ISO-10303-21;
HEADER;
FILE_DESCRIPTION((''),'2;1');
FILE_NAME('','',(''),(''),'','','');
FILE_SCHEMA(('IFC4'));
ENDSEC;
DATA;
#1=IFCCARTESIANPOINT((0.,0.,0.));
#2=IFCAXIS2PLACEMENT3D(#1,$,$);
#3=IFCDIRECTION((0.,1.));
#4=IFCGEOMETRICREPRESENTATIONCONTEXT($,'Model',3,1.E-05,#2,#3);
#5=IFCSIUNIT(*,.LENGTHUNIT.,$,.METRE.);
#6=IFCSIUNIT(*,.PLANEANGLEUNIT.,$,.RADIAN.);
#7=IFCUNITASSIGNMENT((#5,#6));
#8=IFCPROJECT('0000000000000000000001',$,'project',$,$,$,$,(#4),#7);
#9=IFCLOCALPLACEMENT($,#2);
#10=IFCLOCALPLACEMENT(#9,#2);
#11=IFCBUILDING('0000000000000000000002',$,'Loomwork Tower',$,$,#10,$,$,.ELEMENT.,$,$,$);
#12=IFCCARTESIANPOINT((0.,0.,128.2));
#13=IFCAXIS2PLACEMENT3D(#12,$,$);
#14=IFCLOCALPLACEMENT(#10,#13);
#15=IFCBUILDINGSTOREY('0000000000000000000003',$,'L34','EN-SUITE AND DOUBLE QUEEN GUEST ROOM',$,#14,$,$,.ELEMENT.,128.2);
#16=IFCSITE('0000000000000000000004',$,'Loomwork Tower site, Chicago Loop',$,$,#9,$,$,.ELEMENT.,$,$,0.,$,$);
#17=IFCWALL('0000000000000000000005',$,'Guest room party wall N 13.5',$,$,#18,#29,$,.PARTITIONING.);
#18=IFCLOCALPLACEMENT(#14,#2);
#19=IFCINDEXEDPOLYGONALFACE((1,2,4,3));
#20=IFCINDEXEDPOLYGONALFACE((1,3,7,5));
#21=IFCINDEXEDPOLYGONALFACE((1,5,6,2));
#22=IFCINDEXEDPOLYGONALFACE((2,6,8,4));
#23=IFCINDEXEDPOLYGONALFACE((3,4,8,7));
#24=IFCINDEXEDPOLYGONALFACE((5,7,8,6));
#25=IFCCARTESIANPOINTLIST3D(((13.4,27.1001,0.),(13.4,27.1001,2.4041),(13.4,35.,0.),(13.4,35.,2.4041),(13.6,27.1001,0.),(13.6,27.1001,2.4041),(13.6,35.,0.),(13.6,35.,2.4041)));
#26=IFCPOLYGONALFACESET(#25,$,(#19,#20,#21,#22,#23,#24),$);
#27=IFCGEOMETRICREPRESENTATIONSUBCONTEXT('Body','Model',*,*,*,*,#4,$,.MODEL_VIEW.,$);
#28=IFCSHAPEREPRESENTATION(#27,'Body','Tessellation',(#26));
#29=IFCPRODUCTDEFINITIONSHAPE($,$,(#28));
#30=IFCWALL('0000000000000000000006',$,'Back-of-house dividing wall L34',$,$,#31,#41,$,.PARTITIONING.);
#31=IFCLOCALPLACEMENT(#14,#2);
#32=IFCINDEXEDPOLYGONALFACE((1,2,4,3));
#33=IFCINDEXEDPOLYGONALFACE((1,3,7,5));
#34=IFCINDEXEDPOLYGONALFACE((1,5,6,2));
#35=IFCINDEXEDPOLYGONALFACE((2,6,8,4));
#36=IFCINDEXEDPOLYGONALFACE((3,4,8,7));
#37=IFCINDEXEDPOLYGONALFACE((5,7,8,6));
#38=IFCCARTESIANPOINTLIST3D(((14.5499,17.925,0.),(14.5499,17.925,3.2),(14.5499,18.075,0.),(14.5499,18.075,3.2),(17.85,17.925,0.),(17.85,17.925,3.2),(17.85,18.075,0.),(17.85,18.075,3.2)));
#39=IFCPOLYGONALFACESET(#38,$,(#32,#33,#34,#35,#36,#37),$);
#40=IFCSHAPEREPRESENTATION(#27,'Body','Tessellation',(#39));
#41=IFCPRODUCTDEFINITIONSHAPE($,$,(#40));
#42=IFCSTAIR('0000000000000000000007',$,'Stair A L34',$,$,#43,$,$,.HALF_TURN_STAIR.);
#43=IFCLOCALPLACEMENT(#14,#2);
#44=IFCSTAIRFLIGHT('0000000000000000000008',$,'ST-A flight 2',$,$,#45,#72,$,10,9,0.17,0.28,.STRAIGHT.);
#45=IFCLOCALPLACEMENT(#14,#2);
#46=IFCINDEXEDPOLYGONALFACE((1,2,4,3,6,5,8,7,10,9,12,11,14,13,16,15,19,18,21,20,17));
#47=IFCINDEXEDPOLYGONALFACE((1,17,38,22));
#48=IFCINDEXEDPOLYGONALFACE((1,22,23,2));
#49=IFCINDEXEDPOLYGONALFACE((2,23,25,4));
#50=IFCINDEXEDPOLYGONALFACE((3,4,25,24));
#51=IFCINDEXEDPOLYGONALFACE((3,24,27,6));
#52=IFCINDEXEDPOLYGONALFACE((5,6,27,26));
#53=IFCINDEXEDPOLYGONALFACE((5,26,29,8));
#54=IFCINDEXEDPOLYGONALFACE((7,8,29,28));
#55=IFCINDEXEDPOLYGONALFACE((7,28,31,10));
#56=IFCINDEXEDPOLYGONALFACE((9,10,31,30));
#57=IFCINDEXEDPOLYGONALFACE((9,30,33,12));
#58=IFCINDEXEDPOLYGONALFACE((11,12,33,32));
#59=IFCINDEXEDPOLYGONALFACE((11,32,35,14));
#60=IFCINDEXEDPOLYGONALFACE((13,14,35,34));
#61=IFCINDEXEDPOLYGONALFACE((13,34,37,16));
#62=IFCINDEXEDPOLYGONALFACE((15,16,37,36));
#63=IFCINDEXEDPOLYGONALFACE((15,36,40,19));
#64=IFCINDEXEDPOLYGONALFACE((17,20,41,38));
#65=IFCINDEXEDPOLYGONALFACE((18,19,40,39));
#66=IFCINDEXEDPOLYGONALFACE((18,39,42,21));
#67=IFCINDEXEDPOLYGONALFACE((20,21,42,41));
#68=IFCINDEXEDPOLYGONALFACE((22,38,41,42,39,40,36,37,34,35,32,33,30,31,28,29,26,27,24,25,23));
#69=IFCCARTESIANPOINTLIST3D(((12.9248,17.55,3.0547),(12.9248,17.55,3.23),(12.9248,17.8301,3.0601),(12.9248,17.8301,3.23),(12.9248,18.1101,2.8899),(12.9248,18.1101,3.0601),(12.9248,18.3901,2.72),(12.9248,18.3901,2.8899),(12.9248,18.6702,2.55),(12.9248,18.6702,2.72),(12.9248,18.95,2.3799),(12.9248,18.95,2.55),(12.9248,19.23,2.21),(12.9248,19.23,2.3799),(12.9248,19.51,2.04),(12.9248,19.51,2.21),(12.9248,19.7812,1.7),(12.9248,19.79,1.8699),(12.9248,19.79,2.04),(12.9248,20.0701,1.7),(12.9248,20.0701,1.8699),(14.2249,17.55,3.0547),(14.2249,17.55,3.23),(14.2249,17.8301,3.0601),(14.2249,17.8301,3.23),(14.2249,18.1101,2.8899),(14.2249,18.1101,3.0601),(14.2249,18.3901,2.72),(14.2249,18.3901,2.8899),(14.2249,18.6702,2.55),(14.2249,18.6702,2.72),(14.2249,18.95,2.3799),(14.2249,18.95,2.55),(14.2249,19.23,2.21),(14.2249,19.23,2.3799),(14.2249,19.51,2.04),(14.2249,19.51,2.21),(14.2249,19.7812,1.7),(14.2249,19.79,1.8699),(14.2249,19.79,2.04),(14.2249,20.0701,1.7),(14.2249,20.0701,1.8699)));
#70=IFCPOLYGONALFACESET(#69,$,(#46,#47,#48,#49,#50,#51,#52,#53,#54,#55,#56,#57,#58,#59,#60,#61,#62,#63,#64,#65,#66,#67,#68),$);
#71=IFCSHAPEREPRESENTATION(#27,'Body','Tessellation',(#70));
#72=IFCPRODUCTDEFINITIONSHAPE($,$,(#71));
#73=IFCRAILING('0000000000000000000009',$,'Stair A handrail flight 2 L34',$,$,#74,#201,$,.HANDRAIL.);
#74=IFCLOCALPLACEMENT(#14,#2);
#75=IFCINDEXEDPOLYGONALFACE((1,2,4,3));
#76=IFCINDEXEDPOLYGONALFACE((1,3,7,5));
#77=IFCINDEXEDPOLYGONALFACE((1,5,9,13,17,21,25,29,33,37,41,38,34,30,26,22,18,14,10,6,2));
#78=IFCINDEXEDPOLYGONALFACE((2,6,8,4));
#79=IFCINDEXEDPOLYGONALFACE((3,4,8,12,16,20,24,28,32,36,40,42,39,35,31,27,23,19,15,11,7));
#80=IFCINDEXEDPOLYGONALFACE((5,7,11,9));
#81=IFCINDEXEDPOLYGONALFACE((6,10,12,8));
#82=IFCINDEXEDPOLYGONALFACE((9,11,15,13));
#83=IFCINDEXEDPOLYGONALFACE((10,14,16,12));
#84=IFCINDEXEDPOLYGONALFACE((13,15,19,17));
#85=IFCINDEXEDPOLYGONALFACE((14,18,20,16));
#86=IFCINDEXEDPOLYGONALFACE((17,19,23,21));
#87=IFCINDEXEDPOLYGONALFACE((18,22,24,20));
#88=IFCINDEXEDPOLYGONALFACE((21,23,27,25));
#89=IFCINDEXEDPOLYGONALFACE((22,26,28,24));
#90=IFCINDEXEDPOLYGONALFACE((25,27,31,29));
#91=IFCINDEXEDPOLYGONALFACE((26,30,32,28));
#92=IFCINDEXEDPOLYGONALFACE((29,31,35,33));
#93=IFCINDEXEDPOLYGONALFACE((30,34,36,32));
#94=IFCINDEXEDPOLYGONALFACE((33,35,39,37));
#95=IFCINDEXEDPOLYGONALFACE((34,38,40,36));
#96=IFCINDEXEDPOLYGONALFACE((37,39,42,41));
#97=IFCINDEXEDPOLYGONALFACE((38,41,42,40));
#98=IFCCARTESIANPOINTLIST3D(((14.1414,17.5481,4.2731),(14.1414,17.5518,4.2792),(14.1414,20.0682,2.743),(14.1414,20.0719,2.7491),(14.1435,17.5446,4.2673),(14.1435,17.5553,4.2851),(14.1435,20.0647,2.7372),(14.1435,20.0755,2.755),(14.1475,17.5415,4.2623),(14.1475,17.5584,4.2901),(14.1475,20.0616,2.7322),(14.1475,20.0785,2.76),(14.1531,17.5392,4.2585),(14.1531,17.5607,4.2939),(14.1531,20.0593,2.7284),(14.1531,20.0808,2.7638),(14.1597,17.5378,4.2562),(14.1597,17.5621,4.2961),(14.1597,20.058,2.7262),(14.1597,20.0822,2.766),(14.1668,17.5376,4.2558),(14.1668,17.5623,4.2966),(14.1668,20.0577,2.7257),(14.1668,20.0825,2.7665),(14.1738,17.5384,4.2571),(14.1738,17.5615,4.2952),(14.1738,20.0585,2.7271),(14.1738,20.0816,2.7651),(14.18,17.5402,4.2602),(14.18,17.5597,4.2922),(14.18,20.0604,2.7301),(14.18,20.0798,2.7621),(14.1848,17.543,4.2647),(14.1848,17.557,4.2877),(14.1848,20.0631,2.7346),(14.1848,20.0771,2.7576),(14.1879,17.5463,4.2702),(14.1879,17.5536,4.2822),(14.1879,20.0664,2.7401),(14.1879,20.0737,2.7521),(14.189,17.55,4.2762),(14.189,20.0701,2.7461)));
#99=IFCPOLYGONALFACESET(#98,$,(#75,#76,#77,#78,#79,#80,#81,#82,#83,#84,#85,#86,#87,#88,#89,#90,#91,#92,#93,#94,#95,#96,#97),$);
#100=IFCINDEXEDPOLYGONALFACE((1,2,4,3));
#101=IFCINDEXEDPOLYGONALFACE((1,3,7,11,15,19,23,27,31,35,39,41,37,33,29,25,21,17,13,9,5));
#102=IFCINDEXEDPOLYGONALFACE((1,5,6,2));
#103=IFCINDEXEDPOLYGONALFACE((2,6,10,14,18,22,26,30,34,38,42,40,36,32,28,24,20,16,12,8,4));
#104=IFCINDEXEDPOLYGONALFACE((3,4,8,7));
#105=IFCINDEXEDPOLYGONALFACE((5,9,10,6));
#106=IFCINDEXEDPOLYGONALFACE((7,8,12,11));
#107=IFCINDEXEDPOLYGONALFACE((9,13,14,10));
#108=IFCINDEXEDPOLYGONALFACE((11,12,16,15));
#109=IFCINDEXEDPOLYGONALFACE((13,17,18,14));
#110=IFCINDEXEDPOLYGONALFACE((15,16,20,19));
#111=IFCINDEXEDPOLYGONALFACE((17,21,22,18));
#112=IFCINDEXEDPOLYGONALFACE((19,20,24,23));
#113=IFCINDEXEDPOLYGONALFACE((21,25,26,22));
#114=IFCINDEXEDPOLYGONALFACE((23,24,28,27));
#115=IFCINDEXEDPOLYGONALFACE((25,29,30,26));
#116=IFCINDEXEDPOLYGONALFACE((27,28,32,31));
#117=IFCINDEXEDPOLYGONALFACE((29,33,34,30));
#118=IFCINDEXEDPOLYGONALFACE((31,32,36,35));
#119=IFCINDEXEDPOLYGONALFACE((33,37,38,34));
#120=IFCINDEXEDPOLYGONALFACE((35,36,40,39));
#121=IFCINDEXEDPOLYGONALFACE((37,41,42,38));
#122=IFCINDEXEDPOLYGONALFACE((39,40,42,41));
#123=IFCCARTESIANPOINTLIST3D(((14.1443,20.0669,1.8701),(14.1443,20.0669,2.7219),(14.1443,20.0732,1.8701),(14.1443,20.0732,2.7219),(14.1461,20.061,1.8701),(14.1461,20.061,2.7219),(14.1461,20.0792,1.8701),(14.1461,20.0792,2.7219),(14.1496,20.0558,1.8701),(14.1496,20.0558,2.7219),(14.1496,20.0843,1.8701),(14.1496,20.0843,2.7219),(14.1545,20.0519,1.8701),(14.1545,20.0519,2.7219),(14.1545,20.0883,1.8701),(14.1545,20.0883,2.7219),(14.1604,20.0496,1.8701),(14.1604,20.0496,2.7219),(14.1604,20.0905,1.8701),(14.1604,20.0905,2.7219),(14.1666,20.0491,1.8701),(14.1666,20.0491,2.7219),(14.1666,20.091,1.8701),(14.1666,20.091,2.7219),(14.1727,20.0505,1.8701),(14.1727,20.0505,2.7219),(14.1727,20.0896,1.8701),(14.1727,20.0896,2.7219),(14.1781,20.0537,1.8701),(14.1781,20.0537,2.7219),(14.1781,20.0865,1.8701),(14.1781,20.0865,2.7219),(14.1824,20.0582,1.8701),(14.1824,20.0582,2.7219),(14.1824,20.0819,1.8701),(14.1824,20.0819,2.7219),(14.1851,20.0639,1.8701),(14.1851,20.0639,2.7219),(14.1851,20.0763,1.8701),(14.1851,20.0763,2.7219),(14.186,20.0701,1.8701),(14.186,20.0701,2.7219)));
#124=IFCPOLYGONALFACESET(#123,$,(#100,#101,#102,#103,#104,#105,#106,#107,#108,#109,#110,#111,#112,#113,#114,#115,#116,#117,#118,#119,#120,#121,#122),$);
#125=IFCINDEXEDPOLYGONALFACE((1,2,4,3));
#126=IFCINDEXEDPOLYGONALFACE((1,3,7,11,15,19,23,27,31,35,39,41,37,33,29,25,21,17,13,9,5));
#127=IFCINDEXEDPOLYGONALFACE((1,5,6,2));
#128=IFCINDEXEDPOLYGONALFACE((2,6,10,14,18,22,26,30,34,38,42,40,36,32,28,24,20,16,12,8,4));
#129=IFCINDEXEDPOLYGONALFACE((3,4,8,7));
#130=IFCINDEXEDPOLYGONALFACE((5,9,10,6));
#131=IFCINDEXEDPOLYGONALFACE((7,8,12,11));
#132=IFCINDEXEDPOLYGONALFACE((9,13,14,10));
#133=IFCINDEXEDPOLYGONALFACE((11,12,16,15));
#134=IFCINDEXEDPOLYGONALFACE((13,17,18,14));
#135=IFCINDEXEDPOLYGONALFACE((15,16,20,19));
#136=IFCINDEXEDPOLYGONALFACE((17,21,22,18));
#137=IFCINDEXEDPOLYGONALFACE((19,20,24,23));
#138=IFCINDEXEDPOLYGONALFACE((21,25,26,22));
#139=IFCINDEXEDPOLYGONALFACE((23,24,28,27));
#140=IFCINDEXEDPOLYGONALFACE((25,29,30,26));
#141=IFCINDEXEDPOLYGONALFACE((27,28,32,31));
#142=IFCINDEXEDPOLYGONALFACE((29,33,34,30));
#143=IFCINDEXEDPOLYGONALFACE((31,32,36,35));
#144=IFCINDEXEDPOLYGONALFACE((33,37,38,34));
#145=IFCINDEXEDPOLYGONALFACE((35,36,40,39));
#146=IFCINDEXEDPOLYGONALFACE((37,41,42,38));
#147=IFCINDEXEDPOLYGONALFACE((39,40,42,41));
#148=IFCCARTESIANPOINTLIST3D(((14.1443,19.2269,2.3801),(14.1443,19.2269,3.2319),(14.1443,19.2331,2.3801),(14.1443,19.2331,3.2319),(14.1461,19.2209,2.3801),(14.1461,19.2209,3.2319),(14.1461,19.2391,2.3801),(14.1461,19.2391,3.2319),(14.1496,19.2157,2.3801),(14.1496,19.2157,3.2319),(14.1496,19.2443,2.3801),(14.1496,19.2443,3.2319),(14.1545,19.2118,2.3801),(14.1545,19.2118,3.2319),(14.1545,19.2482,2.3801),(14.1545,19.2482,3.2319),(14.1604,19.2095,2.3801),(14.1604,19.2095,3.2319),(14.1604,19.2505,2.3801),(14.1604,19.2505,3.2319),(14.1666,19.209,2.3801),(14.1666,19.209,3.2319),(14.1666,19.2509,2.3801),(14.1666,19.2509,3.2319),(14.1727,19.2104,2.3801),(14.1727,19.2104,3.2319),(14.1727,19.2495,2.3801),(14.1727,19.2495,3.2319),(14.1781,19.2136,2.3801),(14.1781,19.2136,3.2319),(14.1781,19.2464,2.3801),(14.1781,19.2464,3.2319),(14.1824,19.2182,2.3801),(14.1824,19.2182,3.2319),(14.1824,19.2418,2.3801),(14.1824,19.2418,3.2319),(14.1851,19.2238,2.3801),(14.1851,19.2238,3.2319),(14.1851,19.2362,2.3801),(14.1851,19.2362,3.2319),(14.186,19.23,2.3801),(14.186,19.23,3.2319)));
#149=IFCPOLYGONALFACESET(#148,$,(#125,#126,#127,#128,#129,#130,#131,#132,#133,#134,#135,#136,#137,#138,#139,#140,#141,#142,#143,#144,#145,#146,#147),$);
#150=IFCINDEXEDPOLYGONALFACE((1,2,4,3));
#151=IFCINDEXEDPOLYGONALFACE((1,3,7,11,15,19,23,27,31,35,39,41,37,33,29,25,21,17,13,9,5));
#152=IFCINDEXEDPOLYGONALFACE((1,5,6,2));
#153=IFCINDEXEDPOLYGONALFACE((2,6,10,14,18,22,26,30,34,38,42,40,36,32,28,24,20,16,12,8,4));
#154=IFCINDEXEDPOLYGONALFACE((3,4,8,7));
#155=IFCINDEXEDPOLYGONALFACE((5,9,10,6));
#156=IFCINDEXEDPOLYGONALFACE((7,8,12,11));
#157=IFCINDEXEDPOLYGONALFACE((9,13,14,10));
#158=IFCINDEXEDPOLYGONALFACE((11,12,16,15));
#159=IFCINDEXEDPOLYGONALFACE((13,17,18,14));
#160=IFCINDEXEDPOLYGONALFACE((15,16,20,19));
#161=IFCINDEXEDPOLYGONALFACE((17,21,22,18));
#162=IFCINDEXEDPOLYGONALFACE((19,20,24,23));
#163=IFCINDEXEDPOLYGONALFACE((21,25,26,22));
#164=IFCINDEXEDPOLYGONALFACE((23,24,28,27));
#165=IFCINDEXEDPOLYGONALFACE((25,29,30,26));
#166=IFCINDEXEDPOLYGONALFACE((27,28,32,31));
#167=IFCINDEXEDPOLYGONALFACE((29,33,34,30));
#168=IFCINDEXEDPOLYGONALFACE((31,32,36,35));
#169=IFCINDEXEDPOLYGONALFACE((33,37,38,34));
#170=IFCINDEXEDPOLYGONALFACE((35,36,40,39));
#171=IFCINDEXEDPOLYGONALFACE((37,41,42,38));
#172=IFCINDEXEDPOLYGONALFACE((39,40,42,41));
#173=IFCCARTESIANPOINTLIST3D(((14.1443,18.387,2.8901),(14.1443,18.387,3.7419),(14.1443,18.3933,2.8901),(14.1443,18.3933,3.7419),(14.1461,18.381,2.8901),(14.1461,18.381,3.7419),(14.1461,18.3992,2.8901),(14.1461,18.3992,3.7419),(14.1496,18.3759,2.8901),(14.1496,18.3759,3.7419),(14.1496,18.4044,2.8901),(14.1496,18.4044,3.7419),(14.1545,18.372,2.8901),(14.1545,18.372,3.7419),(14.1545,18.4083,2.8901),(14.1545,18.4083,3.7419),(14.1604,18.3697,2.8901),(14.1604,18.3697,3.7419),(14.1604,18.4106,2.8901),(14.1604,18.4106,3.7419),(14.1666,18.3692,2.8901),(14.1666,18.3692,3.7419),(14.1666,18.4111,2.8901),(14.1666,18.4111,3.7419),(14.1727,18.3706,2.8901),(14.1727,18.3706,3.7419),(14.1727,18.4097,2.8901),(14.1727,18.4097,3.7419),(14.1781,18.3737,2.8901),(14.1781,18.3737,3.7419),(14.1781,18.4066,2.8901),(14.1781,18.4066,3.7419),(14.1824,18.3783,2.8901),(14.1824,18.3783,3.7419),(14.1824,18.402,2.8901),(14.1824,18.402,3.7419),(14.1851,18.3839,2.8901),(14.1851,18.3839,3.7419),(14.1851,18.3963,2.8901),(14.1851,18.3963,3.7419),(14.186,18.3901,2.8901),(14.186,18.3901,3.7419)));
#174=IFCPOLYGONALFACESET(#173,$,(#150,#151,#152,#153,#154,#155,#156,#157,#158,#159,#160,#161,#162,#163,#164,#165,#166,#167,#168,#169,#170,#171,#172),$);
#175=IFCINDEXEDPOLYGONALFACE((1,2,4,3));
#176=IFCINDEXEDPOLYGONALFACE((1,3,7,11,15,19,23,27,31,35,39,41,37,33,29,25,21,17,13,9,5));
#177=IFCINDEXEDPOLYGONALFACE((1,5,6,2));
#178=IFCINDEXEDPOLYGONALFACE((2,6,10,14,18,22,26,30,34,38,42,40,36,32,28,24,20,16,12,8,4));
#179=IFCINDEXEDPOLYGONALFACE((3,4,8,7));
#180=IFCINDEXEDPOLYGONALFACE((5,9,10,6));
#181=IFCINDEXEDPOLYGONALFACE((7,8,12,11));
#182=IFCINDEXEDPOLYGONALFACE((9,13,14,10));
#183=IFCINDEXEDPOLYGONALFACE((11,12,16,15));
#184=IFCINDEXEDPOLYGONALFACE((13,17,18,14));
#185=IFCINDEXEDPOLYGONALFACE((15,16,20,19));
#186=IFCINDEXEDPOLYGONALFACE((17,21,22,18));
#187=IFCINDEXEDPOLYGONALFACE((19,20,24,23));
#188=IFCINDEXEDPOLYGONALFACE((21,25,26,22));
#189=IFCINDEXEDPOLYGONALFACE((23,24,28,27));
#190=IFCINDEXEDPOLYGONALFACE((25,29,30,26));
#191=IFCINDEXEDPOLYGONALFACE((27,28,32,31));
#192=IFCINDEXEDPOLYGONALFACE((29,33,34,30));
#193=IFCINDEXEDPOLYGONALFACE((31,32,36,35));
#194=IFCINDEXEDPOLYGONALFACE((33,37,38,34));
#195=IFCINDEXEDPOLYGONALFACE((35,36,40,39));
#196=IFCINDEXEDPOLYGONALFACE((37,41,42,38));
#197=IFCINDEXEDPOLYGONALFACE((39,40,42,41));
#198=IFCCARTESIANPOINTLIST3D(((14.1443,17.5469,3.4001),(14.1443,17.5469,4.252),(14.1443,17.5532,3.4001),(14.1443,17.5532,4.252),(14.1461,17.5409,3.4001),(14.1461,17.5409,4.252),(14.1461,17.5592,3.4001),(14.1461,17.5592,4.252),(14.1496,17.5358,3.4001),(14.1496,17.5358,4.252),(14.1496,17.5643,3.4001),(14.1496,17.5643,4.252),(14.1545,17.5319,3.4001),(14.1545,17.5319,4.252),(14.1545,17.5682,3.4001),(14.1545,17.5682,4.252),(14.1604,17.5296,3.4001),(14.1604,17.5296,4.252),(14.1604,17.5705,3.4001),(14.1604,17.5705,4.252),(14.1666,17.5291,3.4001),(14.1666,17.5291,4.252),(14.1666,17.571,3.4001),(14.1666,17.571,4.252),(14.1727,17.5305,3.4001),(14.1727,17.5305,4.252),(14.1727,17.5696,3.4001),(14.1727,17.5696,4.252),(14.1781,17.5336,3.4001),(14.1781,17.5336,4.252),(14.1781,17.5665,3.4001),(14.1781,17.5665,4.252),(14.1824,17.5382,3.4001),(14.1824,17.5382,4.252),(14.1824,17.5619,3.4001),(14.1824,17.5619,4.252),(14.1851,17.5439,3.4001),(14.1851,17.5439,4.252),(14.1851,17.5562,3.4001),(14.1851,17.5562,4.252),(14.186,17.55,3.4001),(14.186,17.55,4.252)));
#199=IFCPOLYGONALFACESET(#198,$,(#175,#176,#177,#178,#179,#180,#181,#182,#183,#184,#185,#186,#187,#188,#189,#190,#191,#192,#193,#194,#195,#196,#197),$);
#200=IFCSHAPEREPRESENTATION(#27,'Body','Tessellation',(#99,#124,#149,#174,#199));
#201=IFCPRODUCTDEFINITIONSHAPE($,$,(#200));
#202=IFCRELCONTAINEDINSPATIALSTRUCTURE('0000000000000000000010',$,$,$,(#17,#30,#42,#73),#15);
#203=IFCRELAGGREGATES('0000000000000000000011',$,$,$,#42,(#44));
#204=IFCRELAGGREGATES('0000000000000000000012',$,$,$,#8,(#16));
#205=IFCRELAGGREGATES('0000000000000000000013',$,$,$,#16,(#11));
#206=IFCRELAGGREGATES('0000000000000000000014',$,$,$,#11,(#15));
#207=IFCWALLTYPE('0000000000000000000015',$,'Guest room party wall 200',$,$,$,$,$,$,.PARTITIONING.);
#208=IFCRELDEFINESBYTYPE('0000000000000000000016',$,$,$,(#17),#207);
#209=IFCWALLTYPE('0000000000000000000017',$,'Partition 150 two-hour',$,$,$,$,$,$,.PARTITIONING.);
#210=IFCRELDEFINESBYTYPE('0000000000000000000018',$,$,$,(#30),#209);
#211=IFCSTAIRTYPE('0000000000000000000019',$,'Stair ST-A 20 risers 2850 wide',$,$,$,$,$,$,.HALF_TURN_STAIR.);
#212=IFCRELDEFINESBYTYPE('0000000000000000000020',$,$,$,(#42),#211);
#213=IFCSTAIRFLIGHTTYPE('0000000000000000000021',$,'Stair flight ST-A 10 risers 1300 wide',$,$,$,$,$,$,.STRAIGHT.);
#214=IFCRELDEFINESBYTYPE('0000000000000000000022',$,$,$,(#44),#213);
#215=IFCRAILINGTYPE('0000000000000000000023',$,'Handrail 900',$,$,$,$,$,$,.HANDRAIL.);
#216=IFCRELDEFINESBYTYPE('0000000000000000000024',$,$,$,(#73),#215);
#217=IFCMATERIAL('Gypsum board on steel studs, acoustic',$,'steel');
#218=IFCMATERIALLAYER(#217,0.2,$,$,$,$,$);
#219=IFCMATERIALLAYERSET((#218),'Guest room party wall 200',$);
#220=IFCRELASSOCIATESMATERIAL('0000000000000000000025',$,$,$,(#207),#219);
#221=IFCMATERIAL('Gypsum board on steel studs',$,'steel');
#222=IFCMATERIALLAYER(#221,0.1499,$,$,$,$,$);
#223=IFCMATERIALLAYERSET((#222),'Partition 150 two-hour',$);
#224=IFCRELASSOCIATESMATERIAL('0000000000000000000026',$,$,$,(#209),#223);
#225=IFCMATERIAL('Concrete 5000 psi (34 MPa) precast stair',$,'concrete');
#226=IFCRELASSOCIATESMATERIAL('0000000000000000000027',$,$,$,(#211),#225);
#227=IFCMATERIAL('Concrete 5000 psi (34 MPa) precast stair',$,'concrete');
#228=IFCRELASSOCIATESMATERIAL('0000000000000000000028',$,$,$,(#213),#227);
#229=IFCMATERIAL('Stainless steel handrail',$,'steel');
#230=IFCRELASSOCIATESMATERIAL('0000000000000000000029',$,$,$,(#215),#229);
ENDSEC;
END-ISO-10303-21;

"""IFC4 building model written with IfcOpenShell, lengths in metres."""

from ifc_helpers import new_model, si_unit, direction, frame, frame_2d, origin, origin_2d, place, context, subcontext, project, spatial, polyline, rectangle, circle, outline, extrude, material, layer, layer_set, type_object, element, aggregate, save


model = new_model("IFC4")

# Units and contexts
model_context = context("Model", 3, precision=1e-05, world=origin(), true_north=direction((0.0, 1.0)))
body_context = subcontext(model_context, "Body", "Model", "MODEL_VIEW")
ifc_project = project(units=[si_unit("LENGTHUNIT", "METRE"), si_unit("PLANEANGLEUNIT", "RADIAN")], contexts=[model_context])

# Site, building, storey
site_placement = place(None, origin())
site = spatial("IfcSite", under=ifc_project, at=site_placement, Name="Loomwork Tower site, Chicago Loop", CompositionType="ELEMENT", RefElevation=0.0)
building_placement = place(site_placement, origin())
building = spatial("IfcBuilding", under=site, at=building_placement, Name="Loomwork Tower", CompositionType="ELEMENT")
storey_placement = place(building_placement, frame((0.0, 0.0, 128.2)))
storey = spatial("IfcBuildingStorey", under=building, at=storey_placement, Name="L34", Description="EN-SUITE AND DOUBLE QUEEN GUEST ROOM", CompositionType="ELEMENT", Elevation=128.2)

# Walls
ifc_material_1 = material(Name="Gypsum board on steel studs, acoustic", Category="steel")
ifc_layer_1 = layer(ifc_material_1, 0.2)
ifc_layer_set_1 = layer_set([ifc_layer_1], Name="Guest room party wall 200")
wall_type_1 = type_object("IfcWallType", Name="Guest room party wall 200", PredefinedType="PARTITIONING", material=ifc_layer_set_1)
wall_1_placement = place(storey_placement, frame((13.5, 27.1001, 0.0), z_axis=(0.0, 0.0, 1.0), x_axis=(0.0, 1.0, 0.0)))
element("IfcWall", 1, at=wall_1_placement, inside=storey, type_object=wall_type_1, Name="Guest room party wall N 13.5", PredefinedType="PARTITIONING", context=body_context, shape_type="SweptSolid", body=[
    extrude(rectangle(XDim=7.8999, YDim=0.2, at=frame_2d((3.95, 0.0))), origin(), (0.0, 0.0, 1.0), 2.4041),
])
ifc_material_2 = material(Name="Gypsum board on steel studs", Category="steel")
ifc_layer_2 = layer(ifc_material_2, 0.1499)
ifc_layer_set_2 = layer_set([ifc_layer_2], Name="Partition 150 two-hour")
wall_type_2 = type_object("IfcWallType", Name="Partition 150 two-hour", PredefinedType="PARTITIONING", material=ifc_layer_set_2)
wall_2_placement = place(storey_placement, frame((14.55, 18.0, 0.0), z_axis=(0.0, 0.0, 1.0), x_axis=(1.0, 0.0, 0.0)))
element("IfcWall", 2, at=wall_2_placement, inside=storey, type_object=wall_type_2, Name="Back-of-house dividing wall L34", PredefinedType="PARTITIONING", context=body_context, shape_type="SweptSolid", body=[
    extrude(rectangle(XDim=3.3, YDim=0.1499, at=frame_2d((1.6499, 0.0))), origin(), (0.0, 0.0, 1.0), 3.2),
])

# Stair, stair flight
ifc_material_3 = material(Name="Concrete 5000 psi (34 MPa) precast stair", Category="concrete")
stair_type = type_object("IfcStairType", Name="Stair ST-A 20 risers 2850 wide", PredefinedType="HALF_TURN_STAIR", material=ifc_material_3)
stair_placement = place(storey_placement, origin())
stair = element("IfcStair", 3, at=stair_placement, inside=storey, type_object=stair_type, Name="Stair A L34", PredefinedType="HALF_TURN_STAIR")
ifc_material_4 = material(Name="Concrete 5000 psi (34 MPa) precast stair", Category="concrete")
stair_flight_type = type_object("IfcStairFlightType", Name="Stair flight ST-A 10 risers 1300 wide", PredefinedType="STRAIGHT", material=ifc_material_4)
stair_flight_placement = place(storey_placement, frame((13.575, 20.0701, 1.7), z_axis=(0.0, 0.0, 1.0), x_axis=(0.0, -1.0, 0.0)))
stair_flight = element("IfcStairFlight", 4, at=stair_flight_placement, type_object=stair_flight_type, Name="ST-A flight 2", NumberOfRisers=10, NumberOfTreads=9, PredefinedType="STRAIGHT", RiserHeight=0.17, TreadLength=0.28, context=body_context, shape_type="SweptSolid", body=[
    extrude(outline(polyline([(0.0, 0.0), (0.0, 0.1699), (0.28, 0.1699), (0.28, 0.3401), (0.5601, 0.3401), (0.5601, 0.51), (0.8401, 0.51), (0.8401, 0.6799), (1.1201, 0.6799), (1.1201, 0.8501), (1.3999, 0.8501), (1.3999, 1.02), (1.6799, 1.02), (1.6799, 1.1899), (1.96, 1.1899), (1.96, 1.3601), (2.24, 1.3601), (2.24, 1.53), (2.52, 1.53), (2.52, 1.7), (2.52, 1.3547), (0.2888, 0.0), (0.0, 0.0)])), frame((0.0, 0.6499, 0.0), z_axis=(0.0, -1.0, 0.0), x_axis=(1.0, 0.0, 0.0)), (0.0, 0.0, 1.0), 1.3),
])
aggregate(stair, [stair_flight])

# Railing
ifc_material_5 = material(Name="Stainless steel handrail", Category="steel")
railing_type = type_object("IfcRailingType", Name="Handrail 900", PredefinedType="HANDRAIL", material=ifc_material_5)
railing_placement = place(storey_placement, frame((14.165, 20.0701, 1.8701)))
element("IfcRailing", 5, at=railing_placement, inside=storey, type_object=railing_type, Name="Stair A handrail flight 2 L34", PredefinedType="HANDRAIL", context=body_context, shape_type="SweptSolid", body=[
    extrude(circle(Radius=0.0239, at=origin_2d()), frame((0.0, 0.0, 0.876), z_axis=(0.0, -0.854785, 0.518982), x_axis=(1.0, 0.0, 0.0)), (0.0, 0.0, 1.0), 2.9482),
    extrude(circle(Radius=0.021, at=origin_2d()), origin(), (0.0, 0.0, 1.0), 0.8518),
    extrude(circle(Radius=0.021, at=origin_2d()), frame((0.0, -0.8401, 0.51)), (0.0, 0.0, 1.0), 0.8518),
    extrude(circle(Radius=0.021, at=origin_2d()), frame((0.0, -1.6799, 1.02)), (0.0, 0.0, 1.0), 0.8518),
    extrude(circle(Radius=0.021, at=origin_2d()), frame((0.0, -2.52, 1.53)), (0.0, 0.0, 1.0), 0.8518),
])

save(model, "model.ifc")
